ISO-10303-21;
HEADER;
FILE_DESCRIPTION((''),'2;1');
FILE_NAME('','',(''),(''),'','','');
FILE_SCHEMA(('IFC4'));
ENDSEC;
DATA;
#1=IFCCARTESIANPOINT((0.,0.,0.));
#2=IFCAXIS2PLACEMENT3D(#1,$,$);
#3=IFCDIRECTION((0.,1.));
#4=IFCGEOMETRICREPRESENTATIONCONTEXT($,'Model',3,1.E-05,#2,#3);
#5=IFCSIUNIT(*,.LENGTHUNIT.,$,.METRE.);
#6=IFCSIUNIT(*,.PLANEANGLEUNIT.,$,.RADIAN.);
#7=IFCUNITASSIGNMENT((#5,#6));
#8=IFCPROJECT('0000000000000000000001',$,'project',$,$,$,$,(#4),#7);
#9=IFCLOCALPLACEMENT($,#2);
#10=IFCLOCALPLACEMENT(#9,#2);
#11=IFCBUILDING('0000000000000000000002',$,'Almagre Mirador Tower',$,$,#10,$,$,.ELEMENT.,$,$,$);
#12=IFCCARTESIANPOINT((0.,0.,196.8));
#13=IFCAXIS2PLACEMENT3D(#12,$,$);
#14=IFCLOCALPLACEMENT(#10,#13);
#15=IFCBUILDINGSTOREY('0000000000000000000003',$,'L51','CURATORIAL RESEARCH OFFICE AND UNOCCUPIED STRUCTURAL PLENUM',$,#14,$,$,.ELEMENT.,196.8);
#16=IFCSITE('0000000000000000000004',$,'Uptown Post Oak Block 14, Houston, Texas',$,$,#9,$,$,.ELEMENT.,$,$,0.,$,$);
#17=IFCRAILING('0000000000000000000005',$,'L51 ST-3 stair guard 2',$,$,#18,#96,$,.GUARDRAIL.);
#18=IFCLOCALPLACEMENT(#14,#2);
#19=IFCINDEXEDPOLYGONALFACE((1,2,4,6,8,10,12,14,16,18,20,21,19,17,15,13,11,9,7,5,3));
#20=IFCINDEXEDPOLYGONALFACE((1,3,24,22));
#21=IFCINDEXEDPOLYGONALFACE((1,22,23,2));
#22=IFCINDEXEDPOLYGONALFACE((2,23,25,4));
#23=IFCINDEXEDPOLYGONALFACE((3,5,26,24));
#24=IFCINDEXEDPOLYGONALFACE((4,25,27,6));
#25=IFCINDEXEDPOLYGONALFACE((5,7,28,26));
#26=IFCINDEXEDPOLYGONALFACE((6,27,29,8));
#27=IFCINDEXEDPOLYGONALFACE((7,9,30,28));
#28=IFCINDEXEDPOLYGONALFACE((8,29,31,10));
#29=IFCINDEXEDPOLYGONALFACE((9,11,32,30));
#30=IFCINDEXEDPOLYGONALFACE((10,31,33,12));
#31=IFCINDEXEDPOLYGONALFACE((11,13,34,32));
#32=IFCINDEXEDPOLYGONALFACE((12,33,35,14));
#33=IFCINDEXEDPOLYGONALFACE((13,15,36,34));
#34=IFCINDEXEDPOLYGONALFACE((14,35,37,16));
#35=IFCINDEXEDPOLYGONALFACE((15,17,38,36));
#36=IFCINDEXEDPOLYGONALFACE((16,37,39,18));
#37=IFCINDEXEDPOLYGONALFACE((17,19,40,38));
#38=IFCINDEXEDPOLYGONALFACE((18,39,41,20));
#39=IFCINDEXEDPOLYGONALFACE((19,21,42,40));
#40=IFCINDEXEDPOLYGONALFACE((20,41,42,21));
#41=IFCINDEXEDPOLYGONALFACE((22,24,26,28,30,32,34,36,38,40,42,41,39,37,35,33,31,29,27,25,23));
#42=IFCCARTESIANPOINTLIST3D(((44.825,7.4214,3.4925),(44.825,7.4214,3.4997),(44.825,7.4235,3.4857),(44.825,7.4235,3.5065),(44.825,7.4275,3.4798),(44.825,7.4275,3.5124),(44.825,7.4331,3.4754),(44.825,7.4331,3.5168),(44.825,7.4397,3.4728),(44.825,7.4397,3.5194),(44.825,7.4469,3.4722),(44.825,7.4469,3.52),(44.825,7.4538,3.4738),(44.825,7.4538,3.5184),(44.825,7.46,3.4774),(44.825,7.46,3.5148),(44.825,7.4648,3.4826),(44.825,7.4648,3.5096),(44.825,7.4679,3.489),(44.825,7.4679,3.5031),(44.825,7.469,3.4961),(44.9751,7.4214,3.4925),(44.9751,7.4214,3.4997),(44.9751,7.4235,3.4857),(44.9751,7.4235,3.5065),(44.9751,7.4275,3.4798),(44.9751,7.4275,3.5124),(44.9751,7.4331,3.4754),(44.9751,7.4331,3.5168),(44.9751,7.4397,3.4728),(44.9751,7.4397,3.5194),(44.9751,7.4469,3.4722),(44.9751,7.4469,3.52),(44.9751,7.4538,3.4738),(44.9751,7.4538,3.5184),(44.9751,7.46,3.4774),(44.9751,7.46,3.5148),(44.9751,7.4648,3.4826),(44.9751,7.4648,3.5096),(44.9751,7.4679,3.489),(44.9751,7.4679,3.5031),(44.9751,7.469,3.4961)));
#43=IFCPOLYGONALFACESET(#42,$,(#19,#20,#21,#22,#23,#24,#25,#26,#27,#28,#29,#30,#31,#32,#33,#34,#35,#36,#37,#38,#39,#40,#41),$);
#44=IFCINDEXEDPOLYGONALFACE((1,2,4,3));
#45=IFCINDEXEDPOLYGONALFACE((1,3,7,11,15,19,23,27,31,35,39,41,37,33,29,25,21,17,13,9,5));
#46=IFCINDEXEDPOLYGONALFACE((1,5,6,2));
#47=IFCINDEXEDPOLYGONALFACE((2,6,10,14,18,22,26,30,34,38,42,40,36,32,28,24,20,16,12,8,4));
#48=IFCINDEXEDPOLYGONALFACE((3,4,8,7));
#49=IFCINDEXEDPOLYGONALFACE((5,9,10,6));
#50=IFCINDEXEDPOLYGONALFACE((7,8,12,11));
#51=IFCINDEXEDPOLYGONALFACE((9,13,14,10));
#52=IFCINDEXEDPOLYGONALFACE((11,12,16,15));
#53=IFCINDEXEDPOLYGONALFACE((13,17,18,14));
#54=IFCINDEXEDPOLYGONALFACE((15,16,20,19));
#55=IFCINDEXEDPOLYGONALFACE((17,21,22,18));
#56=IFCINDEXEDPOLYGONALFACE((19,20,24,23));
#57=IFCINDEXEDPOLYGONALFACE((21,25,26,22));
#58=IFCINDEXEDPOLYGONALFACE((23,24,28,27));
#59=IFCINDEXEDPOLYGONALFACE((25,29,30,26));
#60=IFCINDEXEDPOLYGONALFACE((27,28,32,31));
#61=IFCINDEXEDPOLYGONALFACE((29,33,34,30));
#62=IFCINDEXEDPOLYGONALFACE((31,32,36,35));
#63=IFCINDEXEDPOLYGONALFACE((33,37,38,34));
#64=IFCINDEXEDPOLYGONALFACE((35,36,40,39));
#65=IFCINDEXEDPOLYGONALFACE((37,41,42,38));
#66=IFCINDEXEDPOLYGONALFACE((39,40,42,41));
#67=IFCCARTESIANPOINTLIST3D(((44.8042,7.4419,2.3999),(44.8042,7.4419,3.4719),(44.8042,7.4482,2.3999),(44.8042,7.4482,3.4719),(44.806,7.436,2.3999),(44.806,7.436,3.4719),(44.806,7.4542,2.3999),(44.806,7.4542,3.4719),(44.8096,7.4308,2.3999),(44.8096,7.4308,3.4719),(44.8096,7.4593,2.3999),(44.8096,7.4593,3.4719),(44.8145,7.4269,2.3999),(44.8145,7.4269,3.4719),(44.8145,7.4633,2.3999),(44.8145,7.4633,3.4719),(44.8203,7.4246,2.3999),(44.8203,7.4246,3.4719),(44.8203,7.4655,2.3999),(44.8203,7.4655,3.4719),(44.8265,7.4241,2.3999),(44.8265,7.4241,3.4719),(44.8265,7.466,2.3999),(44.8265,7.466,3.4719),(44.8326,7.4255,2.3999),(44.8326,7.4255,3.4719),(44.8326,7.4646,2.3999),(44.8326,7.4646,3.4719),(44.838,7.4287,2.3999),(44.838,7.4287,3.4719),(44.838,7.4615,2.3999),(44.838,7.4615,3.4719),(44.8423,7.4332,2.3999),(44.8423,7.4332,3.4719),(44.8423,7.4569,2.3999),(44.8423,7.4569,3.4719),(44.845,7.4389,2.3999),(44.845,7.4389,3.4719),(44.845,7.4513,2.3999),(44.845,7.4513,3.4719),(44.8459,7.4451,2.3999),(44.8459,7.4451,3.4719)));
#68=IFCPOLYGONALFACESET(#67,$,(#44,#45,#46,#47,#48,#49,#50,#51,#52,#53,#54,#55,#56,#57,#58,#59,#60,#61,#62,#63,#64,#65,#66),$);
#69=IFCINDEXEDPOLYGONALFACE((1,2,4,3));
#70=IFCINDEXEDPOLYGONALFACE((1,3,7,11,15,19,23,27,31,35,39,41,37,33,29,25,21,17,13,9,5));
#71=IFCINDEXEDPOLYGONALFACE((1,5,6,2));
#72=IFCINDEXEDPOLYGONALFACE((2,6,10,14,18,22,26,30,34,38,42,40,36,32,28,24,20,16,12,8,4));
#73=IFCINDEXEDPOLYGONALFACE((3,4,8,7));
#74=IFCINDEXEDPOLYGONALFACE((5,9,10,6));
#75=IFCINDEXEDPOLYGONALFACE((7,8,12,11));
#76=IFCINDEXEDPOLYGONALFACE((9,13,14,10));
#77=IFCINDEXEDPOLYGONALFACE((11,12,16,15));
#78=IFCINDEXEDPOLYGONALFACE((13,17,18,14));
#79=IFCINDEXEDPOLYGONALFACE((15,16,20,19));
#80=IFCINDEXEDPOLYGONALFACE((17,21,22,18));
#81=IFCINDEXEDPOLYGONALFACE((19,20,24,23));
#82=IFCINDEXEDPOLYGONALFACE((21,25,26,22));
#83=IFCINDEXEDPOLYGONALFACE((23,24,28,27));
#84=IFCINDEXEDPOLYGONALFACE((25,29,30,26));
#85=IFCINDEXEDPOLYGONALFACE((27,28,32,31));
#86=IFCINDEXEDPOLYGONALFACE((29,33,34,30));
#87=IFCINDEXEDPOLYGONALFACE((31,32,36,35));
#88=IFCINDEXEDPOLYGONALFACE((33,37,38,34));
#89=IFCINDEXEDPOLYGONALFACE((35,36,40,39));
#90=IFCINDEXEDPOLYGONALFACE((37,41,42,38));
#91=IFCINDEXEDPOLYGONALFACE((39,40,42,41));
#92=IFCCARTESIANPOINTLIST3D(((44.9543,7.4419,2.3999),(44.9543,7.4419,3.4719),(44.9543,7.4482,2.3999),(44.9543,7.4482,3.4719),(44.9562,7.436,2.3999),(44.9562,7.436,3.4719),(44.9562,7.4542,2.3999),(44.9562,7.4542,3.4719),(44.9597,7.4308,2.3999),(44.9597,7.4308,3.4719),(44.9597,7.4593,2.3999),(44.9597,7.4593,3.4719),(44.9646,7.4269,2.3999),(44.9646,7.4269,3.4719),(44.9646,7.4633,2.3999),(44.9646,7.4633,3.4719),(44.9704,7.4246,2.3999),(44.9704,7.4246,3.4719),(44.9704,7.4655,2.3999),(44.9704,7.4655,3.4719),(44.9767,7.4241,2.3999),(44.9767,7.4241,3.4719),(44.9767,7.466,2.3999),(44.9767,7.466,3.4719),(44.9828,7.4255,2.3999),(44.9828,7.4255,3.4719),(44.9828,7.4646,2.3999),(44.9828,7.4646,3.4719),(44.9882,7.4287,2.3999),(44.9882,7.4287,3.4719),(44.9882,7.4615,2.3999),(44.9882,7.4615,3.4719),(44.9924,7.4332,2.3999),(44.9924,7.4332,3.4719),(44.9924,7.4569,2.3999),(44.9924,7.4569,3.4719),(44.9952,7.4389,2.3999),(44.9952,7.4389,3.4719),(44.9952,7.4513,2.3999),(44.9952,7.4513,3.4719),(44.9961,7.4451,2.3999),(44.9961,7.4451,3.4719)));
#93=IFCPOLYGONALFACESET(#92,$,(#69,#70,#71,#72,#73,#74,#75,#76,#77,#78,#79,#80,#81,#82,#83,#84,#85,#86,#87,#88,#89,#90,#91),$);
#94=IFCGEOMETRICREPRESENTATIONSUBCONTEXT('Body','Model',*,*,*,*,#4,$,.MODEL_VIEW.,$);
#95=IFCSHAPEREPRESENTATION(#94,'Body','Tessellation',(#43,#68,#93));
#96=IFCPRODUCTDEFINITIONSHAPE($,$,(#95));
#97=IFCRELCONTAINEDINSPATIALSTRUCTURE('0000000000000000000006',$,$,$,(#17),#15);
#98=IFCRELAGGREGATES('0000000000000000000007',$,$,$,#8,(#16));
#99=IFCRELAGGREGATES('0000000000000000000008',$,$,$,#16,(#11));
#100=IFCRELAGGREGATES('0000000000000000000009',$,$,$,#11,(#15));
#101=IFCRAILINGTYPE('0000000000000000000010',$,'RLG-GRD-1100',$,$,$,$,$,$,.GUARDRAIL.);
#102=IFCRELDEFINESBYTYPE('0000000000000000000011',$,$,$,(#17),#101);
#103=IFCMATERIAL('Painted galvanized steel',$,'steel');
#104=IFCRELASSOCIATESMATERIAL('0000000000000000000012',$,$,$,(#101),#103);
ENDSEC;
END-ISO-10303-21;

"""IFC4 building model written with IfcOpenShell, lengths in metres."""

from ifc_helpers import new_model, si_unit, direction, frame, origin, origin_2d, place, context, subcontext, project, spatial, circle, extrude, material, type_object, element, save


model = new_model("IFC4")

# Units and contexts
model_context = context("Model", 3, precision=1e-05, world=origin(), true_north=direction((0.0, 1.0)))
body_context = subcontext(model_context, "Body", "Model", "MODEL_VIEW")
ifc_project = project(units=[si_unit("LENGTHUNIT", "METRE"), si_unit("PLANEANGLEUNIT", "RADIAN")], contexts=[model_context])

# Site, building, storey
site_placement = place(None, origin())
site = spatial("IfcSite", under=ifc_project, at=site_placement, Name="Uptown Post Oak Block 14, Houston, Texas", CompositionType="ELEMENT", RefElevation=0.0)
building_placement = place(site_placement, origin())
building = spatial("IfcBuilding", under=site, at=building_placement, Name="Almagre Mirador Tower", CompositionType="ELEMENT")
storey_placement = place(building_placement, frame((0.0, 0.0, 196.8)))
storey = spatial("IfcBuildingStorey", under=building, at=storey_placement, Name="L51", Description="CURATORIAL RESEARCH OFFICE AND UNOCCUPIED STRUCTURAL PLENUM", CompositionType="ELEMENT", Elevation=196.8)

# Railing
ifc_material_1 = material(Name="Painted galvanized steel", Category="steel")
railing_type_1 = type_object("IfcRailingType", Name="RLG-GRD-1100", PredefinedType="GUARDRAIL", material=ifc_material_1)
railing_1_placement = place(storey_placement, frame((44.825, 7.4451, 2.3999)))
element("IfcRailing", 1, at=railing_1_placement, inside=storey, type_object=railing_type_1, Name="L51 ST-3 stair guard 2", PredefinedType="GUARDRAIL", context=body_context, shape_type="SweptSolid", body=[
    extrude(circle(Radius=0.0239, at=origin_2d()), frame((0.0, 0.0, 1.0962), z_axis=(1.0, 0.0, 0.0), x_axis=(0.0, 1.0, 0.0)), (0.0, 0.0, 1.0), 0.1501),
    extrude(circle(Radius=0.021, at=origin_2d()), origin(), (0.0, 0.0, 1.0), 1.072),
    extrude(circle(Radius=0.021, at=origin_2d()), frame((0.1501, 0.0, 0.0)), (0.0, 0.0, 1.0), 1.072),
])

save(model, "model.ifc")
